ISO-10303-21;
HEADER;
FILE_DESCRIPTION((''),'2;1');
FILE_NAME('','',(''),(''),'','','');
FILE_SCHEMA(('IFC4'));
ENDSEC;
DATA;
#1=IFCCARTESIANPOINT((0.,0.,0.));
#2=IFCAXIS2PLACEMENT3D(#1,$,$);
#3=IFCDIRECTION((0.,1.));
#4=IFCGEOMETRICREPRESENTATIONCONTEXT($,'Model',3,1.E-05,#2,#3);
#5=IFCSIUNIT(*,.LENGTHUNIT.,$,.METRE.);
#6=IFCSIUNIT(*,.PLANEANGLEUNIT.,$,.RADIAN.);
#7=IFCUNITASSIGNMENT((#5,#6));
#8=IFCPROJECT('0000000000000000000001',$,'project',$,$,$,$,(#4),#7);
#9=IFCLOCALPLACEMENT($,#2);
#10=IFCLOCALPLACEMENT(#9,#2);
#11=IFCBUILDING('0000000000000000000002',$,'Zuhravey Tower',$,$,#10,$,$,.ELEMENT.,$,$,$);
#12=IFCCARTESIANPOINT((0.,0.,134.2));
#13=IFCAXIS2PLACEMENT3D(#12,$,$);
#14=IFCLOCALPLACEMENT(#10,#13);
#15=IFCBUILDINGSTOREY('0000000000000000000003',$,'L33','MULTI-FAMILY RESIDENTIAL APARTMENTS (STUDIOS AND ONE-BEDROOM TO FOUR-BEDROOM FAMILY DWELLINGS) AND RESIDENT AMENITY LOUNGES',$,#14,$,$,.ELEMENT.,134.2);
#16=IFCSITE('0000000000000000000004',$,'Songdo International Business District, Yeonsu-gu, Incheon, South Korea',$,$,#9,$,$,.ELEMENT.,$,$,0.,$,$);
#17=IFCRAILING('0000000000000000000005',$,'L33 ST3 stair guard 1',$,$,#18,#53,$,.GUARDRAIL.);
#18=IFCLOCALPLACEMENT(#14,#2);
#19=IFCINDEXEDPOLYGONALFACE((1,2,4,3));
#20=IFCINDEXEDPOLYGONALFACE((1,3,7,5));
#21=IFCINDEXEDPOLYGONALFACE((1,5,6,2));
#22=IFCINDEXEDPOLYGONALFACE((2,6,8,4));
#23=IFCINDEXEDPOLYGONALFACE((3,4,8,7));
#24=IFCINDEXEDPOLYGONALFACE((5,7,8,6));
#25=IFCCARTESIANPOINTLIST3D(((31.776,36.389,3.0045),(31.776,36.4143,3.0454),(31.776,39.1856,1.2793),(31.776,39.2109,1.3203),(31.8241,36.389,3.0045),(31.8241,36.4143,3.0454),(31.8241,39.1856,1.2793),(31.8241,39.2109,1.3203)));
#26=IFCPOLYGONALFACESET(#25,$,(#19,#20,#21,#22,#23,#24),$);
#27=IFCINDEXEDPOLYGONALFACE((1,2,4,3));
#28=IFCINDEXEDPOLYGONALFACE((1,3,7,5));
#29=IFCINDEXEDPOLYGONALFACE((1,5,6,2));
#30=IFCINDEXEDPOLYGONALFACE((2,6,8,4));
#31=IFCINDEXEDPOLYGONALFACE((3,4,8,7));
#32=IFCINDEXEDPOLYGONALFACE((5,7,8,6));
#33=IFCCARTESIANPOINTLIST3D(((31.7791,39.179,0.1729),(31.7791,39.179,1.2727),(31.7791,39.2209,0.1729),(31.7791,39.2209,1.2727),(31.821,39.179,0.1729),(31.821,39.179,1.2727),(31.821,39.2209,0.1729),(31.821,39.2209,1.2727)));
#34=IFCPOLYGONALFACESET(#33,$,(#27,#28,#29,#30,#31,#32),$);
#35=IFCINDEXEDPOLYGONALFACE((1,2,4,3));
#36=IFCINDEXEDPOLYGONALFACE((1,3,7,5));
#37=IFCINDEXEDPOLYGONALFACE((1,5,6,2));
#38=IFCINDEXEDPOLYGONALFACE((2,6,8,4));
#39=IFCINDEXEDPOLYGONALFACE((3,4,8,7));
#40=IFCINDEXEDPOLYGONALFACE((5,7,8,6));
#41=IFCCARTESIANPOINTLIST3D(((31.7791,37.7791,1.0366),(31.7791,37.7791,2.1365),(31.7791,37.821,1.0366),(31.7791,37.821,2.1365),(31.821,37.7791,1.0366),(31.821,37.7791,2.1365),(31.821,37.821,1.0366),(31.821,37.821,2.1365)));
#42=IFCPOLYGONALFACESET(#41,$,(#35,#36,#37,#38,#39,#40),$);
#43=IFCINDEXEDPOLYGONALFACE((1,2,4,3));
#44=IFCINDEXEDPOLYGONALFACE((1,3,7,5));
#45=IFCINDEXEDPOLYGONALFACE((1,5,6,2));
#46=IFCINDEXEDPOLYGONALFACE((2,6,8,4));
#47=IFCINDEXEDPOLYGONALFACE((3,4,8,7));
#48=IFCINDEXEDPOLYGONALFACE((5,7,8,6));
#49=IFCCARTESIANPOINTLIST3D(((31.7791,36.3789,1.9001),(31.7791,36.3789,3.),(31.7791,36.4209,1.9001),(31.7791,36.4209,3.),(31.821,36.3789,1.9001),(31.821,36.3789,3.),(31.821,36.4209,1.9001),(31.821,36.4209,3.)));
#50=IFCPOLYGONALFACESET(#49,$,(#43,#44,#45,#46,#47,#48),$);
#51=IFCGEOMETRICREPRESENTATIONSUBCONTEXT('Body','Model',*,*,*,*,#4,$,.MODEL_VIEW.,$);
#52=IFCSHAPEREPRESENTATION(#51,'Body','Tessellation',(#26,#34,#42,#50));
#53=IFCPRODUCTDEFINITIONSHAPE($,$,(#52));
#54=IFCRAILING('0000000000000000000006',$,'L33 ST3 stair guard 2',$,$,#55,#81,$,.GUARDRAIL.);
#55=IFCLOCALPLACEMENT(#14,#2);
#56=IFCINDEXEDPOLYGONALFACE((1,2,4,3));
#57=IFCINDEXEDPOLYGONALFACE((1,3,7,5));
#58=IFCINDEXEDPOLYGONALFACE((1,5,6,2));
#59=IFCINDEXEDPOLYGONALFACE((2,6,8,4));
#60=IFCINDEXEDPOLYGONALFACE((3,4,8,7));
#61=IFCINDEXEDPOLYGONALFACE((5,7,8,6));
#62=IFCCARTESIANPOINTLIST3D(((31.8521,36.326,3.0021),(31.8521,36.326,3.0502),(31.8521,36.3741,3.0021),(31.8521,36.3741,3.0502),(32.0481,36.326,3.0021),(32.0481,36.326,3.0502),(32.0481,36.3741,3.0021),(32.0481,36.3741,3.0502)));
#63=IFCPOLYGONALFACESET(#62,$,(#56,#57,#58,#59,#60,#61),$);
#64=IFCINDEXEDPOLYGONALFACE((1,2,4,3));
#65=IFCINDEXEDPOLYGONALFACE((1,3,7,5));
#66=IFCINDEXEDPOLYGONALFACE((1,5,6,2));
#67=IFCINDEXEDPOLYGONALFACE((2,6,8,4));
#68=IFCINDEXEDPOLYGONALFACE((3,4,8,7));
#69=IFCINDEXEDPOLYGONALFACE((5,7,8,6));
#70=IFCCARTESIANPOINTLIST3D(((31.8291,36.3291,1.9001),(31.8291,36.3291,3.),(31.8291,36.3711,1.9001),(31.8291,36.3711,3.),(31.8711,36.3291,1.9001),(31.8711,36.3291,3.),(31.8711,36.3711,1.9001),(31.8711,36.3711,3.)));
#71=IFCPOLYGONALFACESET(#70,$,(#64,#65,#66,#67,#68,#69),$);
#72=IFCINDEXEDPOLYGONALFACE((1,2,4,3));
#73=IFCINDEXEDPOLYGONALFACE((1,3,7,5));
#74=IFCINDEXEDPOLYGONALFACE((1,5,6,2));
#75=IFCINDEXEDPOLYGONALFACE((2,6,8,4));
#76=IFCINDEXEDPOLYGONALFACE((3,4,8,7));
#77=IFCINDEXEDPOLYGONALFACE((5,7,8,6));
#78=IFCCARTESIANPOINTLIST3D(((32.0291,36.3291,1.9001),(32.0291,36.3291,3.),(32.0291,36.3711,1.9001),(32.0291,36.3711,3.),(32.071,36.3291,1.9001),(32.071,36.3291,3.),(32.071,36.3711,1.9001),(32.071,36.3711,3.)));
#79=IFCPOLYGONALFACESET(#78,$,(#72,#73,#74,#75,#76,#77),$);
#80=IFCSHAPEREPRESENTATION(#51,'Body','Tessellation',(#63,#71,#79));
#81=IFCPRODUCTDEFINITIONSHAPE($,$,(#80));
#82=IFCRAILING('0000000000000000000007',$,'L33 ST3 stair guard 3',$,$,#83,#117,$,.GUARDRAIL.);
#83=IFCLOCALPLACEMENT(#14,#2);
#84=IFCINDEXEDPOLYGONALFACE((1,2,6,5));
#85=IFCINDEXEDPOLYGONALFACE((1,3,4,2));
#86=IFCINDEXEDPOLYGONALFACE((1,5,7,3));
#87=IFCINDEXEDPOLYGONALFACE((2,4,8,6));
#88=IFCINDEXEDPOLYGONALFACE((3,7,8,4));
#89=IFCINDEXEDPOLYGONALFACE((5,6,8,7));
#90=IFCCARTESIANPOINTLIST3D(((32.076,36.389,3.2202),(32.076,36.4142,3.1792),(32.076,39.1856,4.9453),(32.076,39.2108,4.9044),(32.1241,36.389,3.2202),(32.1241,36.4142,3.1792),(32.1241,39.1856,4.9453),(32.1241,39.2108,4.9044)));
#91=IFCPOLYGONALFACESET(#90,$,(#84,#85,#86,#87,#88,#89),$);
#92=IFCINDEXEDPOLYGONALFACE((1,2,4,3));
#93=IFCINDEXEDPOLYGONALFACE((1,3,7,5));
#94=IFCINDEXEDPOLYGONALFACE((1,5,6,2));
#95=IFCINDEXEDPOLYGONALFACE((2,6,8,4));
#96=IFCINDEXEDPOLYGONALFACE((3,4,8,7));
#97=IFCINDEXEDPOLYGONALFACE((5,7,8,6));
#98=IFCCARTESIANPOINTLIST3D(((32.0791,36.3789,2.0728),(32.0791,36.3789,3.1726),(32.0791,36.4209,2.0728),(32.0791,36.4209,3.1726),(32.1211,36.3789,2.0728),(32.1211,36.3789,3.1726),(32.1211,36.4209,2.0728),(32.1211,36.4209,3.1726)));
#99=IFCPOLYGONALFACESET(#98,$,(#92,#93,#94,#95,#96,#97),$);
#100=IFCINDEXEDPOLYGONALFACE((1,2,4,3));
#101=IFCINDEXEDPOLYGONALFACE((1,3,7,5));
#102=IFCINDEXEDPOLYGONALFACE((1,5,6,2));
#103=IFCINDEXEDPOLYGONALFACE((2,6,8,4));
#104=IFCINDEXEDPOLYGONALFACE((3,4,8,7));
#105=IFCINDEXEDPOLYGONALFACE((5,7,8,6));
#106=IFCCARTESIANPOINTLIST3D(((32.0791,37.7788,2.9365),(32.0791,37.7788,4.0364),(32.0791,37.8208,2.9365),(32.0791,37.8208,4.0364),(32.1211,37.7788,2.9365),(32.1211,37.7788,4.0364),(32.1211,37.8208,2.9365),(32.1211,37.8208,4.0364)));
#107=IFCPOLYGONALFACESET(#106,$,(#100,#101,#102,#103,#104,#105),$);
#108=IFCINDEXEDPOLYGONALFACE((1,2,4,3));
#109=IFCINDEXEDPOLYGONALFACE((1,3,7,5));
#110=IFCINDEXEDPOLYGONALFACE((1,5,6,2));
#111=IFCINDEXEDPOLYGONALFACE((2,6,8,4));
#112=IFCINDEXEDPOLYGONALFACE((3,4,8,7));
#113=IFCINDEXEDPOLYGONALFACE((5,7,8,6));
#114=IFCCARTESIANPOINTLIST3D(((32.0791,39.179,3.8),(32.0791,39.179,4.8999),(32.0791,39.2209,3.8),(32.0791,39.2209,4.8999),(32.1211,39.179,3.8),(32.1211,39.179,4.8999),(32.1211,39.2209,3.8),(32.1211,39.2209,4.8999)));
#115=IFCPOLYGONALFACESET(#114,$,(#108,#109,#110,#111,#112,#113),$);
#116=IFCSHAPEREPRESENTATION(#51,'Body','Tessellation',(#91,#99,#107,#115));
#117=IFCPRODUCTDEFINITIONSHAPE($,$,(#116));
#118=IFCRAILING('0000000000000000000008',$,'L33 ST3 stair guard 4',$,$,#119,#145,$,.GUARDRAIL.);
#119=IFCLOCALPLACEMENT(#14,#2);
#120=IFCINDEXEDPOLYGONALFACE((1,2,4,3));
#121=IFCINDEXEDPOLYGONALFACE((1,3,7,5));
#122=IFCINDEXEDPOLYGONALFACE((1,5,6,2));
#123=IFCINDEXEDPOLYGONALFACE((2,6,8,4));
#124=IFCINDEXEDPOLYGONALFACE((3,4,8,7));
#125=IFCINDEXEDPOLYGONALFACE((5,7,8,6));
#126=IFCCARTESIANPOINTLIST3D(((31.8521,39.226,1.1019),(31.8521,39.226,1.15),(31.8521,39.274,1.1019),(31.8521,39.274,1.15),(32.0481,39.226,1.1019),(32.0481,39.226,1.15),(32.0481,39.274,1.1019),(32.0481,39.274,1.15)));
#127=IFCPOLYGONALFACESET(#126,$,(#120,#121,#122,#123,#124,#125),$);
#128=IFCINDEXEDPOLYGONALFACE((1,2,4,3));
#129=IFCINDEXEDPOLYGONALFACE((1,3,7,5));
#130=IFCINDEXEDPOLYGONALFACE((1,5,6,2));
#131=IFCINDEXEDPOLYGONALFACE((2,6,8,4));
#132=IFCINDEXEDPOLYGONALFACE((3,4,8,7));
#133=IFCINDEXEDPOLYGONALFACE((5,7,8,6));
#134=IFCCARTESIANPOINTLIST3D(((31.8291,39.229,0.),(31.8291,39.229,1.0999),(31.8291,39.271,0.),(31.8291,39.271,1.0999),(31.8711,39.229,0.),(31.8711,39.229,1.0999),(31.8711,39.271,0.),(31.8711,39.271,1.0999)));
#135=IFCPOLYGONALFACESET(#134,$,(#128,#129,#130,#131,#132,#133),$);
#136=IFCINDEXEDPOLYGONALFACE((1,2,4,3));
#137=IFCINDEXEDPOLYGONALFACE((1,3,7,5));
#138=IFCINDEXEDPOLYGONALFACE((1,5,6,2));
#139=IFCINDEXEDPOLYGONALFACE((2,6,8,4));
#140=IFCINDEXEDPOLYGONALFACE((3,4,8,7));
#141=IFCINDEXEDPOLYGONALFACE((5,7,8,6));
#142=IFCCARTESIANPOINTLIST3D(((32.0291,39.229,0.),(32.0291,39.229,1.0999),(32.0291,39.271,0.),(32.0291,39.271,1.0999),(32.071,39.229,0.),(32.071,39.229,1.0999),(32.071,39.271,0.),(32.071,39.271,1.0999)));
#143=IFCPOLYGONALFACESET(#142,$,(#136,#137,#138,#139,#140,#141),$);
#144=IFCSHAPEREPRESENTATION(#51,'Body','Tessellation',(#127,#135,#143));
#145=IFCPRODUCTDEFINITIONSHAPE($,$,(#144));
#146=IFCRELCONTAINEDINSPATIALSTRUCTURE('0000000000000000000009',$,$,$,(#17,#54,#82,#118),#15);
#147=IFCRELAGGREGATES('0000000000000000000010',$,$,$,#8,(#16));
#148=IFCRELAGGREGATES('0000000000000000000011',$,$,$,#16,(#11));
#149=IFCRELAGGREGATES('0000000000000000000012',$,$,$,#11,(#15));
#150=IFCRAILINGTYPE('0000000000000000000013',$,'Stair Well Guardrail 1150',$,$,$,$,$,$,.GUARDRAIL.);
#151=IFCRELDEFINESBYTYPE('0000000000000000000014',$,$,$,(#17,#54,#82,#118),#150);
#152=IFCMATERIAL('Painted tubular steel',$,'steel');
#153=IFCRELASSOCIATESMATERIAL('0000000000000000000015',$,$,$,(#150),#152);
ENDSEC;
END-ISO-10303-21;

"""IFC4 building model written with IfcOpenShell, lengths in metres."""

from ifc_helpers import new_model, si_unit, direction, frame, origin, origin_2d, place, context, subcontext, project, spatial, rectangle, extrude, material, type_object, element, save


model = new_model("IFC4")

# Units and contexts
model_context = context("Model", 3, precision=1e-05, world=origin(), true_north=direction((0.0, 1.0)))
body_context = subcontext(model_context, "Body", "Model", "MODEL_VIEW")
ifc_project = project(units=[si_unit("LENGTHUNIT", "METRE"), si_unit("PLANEANGLEUNIT", "RADIAN")], contexts=[model_context])

# Site, building, storey
site_placement = place(None, origin())
site = spatial("IfcSite", under=ifc_project, at=site_placement, Name="Songdo International Business District, Yeonsu-gu, Incheon, South Korea", CompositionType="ELEMENT", RefElevation=0.0)
building_placement = place(site_placement, origin())
building = spatial("IfcBuilding", under=site, at=building_placement, Name="Zuhravey Tower", CompositionType="ELEMENT")
storey_placement = place(building_placement, frame((0.0, 0.0, 134.2)))
storey = spatial("IfcBuildingStorey", under=building, at=storey_placement, Name="L33", Description="MULTI-FAMILY RESIDENTIAL APARTMENTS (STUDIOS AND ONE-BEDROOM TO FOUR-BEDROOM FAMILY DWELLINGS) AND RESIDENT AMENITY LOUNGES", CompositionType="ELEMENT", Elevation=134.2)

# Railings
ifc_material_1 = material(Name="Painted tubular steel", Category="steel")
railing_type_1 = type_object("IfcRailingType", Name="Stair Well Guardrail 1150", PredefinedType="GUARDRAIL", material=ifc_material_1)
railing_1_placement = place(storey_placement, frame((31.8, 39.2, 0.1729)))
element("IfcRailing", 1, at=railing_1_placement, inside=storey, type_object=railing_type_1, Name="L33 ST3 stair guard 1", PredefinedType="GUARDRAIL", context=body_context, shape_type="SweptSolid", body=[
    extrude(rectangle(XDim=0.0481, YDim=0.0481, at=origin_2d()), frame((0.0, -0.0017, 1.127), z_axis=(0.0, -0.85109, 0.52502), x_axis=(1.0, 0.0, 0.0)), (0.0, 0.0, 1.0), 3.2859),
    extrude(rectangle(XDim=0.042, YDim=0.042, at=origin_2d()), origin(), (0.0, 0.0, 1.0), 1.0999),
    extrude(rectangle(XDim=0.042, YDim=0.042, at=origin_2d()), frame((0.0, -1.3999, 0.8638)), (0.0, 0.0, 1.0), 1.0999),
    extrude(rectangle(XDim=0.042, YDim=0.042, at=origin_2d()), frame((0.0, -2.8, 1.7273)), (0.0, 0.0, 1.0), 1.0999),
])
railing_2_placement = place(storey_placement, frame((31.8501, 36.3501, 1.9001)))
element("IfcRailing", 2, at=railing_2_placement, inside=storey, type_object=railing_type_1, Name="L33 ST3 stair guard 2", PredefinedType="GUARDRAIL", context=body_context, shape_type="SweptSolid", body=[
    extrude(rectangle(XDim=0.0481, YDim=0.0481, at=origin_2d()), frame((0.002, 0.0, 1.126), z_axis=(1.0, 0.0, 0.0), x_axis=(0.0, 1.0, 0.0)), (0.0, 0.0, 1.0), 0.196),
    extrude(rectangle(XDim=0.042, YDim=0.042, at=origin_2d()), origin(), (0.0, 0.0, 1.0), 1.0999),
    extrude(rectangle(XDim=0.042, YDim=0.042, at=origin_2d()), frame((0.2, 0.0, 0.0)), (0.0, 0.0, 1.0), 1.0999),
])
railing_3_placement = place(storey_placement, frame((32.1001, 36.3999, 2.0728)))
element("IfcRailing", 3, at=railing_3_placement, inside=storey, type_object=railing_type_1, Name="L33 ST3 stair guard 3", PredefinedType="GUARDRAIL", context=body_context, shape_type="SweptSolid", body=[
    extrude(rectangle(XDim=0.0481, YDim=0.0481, at=origin_2d()), frame((0.0, 0.0017, 1.127), z_axis=(0.0, 0.85109, 0.52502), x_axis=(-1.0, 0.0, 0.0)), (0.0, 0.0, 1.0), 3.2859),
    extrude(rectangle(XDim=0.042, YDim=0.042, at=origin_2d()), origin(), (0.0, 0.0, 1.0), 1.0999),
    extrude(rectangle(XDim=0.042, YDim=0.042, at=origin_2d()), frame((0.0, 1.3999, 0.8638)), (0.0, 0.0, 1.0), 1.0999),
    extrude(rectangle(XDim=0.042, YDim=0.042, at=origin_2d()), frame((0.0, 2.8, 1.7273)), (0.0, 0.0, 1.0), 1.0999),
])
railing_4_placement = place(storey_placement, frame((31.8501, 39.25, 0.0)))
element("IfcRailing", 4, at=railing_4_placement, inside=storey, type_object=railing_type_1, Name="L33 ST3 stair guard 4", PredefinedType="GUARDRAIL", context=body_context, shape_type="SweptSolid", body=[
    extrude(rectangle(XDim=0.0481, YDim=0.0481, at=origin_2d()), frame((0.002, 0.0, 1.126), z_axis=(1.0, 0.0, 0.0), x_axis=(0.0, 1.0, 0.0)), (0.0, 0.0, 1.0), 0.196),
    extrude(rectangle(XDim=0.042, YDim=0.042, at=origin_2d()), origin(), (0.0, 0.0, 1.0), 1.0999),
    extrude(rectangle(XDim=0.042, YDim=0.042, at=origin_2d()), frame((0.2, 0.0, 0.0)), (0.0, 0.0, 1.0), 1.0999),
])

save(model, "model.ifc")
